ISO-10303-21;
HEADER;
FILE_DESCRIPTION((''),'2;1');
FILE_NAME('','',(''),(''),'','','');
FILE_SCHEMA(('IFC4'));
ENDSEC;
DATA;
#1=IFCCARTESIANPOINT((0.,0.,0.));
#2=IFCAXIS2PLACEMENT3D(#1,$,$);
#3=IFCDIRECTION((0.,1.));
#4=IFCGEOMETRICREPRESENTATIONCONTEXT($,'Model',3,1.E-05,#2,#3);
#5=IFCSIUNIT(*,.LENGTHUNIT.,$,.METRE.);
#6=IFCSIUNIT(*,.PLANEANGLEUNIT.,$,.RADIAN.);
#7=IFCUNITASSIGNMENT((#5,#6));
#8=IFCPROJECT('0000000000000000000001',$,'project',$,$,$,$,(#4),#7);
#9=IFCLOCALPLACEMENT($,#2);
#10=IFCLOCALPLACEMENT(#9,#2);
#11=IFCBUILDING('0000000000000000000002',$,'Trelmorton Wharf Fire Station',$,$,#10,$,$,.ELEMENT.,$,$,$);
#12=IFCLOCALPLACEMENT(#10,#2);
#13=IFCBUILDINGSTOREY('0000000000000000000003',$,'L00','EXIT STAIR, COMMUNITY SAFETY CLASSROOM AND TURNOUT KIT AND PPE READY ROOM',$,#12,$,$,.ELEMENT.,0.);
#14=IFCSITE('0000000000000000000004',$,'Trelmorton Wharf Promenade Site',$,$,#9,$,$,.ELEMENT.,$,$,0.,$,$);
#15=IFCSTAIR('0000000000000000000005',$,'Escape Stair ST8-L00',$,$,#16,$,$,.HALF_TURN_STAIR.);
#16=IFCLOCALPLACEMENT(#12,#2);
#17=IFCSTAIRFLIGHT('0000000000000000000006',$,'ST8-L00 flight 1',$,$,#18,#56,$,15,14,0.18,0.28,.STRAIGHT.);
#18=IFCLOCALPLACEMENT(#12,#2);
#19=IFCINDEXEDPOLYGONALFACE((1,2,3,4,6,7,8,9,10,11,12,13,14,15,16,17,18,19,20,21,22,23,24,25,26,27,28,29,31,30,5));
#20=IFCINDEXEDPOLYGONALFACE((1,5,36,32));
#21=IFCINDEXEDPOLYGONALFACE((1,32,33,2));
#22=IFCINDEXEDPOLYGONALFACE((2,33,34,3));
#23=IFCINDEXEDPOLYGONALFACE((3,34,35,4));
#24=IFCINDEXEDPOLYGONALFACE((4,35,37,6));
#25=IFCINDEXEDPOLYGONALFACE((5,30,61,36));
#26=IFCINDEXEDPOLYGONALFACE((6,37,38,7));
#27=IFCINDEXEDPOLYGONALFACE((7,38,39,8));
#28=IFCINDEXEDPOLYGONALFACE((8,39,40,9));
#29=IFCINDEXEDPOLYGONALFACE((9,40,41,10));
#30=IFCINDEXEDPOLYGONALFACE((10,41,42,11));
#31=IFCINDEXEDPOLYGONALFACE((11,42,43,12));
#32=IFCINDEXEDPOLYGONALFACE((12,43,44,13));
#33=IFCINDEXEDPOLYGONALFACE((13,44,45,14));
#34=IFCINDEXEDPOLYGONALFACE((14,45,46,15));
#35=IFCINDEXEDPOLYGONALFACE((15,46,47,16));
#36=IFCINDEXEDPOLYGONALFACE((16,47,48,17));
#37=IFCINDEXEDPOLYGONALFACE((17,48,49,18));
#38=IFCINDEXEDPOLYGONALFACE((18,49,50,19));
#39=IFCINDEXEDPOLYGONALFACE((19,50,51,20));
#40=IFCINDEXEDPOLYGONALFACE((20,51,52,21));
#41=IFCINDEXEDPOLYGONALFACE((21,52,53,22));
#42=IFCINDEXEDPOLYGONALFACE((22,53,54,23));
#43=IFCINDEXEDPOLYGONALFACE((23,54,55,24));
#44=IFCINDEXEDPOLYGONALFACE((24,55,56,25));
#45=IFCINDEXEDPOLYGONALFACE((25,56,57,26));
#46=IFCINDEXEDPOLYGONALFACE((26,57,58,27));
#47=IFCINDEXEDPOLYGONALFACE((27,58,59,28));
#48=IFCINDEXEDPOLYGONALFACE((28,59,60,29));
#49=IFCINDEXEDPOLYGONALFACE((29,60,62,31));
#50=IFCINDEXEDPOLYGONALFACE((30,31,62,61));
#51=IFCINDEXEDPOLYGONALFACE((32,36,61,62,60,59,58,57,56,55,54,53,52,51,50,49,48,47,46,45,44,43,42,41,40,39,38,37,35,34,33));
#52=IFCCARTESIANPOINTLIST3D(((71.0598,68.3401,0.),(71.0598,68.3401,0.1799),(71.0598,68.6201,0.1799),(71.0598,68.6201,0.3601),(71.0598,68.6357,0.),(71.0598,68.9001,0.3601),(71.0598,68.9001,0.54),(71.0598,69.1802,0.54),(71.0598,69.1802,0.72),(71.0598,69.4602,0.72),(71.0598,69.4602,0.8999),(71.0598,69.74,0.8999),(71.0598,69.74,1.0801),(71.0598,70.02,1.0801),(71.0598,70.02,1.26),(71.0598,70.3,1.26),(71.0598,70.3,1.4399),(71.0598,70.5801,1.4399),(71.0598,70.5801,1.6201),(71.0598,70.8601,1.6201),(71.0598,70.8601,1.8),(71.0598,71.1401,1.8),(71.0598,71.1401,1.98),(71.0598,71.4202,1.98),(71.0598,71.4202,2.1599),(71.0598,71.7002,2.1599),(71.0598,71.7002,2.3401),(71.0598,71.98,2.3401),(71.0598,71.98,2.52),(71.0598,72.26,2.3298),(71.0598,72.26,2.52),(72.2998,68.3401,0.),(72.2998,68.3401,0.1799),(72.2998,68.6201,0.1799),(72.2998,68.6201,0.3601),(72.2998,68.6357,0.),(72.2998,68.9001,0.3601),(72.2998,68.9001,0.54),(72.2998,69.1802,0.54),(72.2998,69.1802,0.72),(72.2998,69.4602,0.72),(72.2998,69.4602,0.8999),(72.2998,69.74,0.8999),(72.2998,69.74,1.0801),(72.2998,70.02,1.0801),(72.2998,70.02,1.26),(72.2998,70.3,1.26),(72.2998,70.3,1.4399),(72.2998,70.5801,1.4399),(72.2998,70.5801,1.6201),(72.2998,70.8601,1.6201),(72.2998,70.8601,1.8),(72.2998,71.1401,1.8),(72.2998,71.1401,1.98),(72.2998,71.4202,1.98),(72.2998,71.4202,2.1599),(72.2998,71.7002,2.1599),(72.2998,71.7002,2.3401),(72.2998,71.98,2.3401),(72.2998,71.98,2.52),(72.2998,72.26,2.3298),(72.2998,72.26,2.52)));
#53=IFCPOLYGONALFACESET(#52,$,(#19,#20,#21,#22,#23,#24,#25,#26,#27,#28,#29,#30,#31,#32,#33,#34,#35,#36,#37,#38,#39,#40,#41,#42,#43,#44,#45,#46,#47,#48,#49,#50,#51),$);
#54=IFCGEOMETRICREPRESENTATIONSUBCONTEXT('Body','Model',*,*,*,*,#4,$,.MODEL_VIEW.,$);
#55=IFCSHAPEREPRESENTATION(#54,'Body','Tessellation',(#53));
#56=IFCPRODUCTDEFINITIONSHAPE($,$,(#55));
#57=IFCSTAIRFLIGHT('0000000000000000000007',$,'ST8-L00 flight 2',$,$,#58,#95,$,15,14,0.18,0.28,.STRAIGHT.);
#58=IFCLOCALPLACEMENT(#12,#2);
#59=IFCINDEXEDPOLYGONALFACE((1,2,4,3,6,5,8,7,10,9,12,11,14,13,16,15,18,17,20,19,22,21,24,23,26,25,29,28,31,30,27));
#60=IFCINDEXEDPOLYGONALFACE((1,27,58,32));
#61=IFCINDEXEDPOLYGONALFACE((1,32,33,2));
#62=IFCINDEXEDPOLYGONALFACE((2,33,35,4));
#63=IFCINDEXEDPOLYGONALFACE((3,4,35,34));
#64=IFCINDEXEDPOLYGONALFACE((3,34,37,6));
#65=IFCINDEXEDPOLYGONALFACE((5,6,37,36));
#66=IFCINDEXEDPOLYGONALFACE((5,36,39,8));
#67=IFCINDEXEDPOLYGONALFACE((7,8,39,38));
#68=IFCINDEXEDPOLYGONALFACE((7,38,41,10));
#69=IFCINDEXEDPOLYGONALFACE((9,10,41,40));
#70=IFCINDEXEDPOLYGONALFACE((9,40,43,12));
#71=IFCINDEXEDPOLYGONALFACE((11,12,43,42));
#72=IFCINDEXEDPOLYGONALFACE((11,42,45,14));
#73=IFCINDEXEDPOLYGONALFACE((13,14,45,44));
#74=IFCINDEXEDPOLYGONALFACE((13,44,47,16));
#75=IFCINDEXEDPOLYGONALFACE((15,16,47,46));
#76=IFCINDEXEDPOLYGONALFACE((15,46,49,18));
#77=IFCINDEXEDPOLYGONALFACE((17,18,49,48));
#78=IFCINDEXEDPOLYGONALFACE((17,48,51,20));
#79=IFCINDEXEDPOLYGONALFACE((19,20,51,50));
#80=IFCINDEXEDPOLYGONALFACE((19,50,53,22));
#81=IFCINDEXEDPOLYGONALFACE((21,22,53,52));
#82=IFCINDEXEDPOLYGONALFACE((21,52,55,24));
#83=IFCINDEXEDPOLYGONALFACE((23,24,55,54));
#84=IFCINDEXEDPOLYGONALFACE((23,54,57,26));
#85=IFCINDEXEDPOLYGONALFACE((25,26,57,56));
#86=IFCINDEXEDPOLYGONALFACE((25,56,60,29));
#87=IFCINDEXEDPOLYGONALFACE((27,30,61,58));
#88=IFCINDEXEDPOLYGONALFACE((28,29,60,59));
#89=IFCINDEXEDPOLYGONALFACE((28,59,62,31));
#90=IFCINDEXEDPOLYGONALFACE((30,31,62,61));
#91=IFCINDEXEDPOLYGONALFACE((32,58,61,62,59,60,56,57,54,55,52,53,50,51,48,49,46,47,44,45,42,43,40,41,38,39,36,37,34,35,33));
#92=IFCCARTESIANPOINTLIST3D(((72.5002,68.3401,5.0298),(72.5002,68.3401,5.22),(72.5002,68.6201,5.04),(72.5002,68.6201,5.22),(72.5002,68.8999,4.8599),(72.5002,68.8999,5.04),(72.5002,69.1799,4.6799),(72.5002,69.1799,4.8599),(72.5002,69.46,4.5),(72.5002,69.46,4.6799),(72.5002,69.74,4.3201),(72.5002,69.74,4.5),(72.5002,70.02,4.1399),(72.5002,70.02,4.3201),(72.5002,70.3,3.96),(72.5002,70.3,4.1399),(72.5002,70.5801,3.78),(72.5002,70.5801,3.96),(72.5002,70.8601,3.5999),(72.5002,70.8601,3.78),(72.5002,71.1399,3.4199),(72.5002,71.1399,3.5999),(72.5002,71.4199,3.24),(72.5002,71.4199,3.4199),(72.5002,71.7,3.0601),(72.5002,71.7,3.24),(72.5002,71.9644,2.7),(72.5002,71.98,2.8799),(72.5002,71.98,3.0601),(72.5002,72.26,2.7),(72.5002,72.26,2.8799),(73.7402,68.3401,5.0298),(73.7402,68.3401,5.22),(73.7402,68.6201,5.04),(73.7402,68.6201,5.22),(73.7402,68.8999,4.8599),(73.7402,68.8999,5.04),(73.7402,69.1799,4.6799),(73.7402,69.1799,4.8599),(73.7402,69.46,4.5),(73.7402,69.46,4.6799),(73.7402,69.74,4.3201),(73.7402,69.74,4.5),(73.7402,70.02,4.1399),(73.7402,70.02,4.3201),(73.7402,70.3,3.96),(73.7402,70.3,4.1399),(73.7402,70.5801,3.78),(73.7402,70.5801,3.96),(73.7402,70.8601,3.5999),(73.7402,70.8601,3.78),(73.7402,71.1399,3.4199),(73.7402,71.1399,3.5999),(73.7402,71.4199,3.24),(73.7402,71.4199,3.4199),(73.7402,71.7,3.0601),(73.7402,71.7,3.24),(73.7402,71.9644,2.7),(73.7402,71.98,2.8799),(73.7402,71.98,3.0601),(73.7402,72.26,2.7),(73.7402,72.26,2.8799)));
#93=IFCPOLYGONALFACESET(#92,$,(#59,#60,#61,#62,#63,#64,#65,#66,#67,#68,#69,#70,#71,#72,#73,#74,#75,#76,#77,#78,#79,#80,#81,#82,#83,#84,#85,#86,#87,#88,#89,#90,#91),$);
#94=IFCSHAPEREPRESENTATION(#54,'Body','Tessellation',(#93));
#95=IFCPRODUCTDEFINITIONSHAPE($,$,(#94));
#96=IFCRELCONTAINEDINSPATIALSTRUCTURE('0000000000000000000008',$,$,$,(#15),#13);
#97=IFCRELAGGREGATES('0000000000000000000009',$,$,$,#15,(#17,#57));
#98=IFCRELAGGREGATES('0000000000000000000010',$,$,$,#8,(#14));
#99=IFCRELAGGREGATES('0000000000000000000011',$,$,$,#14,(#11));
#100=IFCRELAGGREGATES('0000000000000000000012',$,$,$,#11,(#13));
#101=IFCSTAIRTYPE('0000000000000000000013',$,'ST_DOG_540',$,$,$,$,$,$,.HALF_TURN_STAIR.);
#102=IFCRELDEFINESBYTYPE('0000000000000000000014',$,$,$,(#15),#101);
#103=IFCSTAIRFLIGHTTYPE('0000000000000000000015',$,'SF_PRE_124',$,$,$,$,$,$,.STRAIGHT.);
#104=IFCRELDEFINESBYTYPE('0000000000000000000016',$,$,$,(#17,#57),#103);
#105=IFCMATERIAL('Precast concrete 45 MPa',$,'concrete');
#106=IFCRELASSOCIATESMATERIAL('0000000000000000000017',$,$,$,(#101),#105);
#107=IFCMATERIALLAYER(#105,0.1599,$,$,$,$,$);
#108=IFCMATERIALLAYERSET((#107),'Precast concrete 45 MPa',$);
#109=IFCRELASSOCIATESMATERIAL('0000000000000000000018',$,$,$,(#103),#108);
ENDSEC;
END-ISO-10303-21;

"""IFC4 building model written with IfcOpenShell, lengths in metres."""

from ifc_helpers import new_model, si_unit, direction, frame, origin, place, context, subcontext, project, spatial, polyline, outline, extrude, material, layer, layer_set, type_object, element, aggregate, save


model = new_model("IFC4")

# Units and contexts
model_context = context("Model", 3, precision=1e-05, world=origin(), true_north=direction((0.0, 1.0)))
body_context = subcontext(model_context, "Body", "Model", "MODEL_VIEW")
ifc_project = project(units=[si_unit("LENGTHUNIT", "METRE"), si_unit("PLANEANGLEUNIT", "RADIAN")], contexts=[model_context])

# Site, building, storey
site_placement = place(None, origin())
site = spatial("IfcSite", under=ifc_project, at=site_placement, Name="Trelmorton Wharf Promenade Site", CompositionType="ELEMENT", RefElevation=0.0)
building_placement = place(site_placement, origin())
building = spatial("IfcBuilding", under=site, at=building_placement, Name="Trelmorton Wharf Fire Station", CompositionType="ELEMENT")
storey_placement = place(building_placement, origin())
storey = spatial("IfcBuildingStorey", under=building, at=storey_placement, Name="L00", Description="EXIT STAIR, COMMUNITY SAFETY CLASSROOM AND TURNOUT KIT AND PPE READY ROOM", CompositionType="ELEMENT", Elevation=0.0)

# Stair, stair flights
ifc_material_1 = material(Name="Precast concrete 45 MPa", Category="concrete")
stair_type = type_object("IfcStairType", Name="ST_DOG_540", PredefinedType="HALF_TURN_STAIR", material=ifc_material_1)
stair_placement = place(storey_placement, origin())
stair = element("IfcStair", 1, at=stair_placement, inside=storey, type_object=stair_type, Name="Escape Stair ST8-L00", PredefinedType="HALF_TURN_STAIR")
ifc_layer_1 = layer(ifc_material_1, 0.1599)
ifc_layer_set_1 = layer_set([ifc_layer_1], Name="Precast concrete 45 MPa")
stair_flight_type = type_object("IfcStairFlightType", Name="SF_PRE_124", PredefinedType="STRAIGHT", material=ifc_layer_set_1)
stair_flight_1_placement = place(storey_placement, frame((71.6799, 68.3401, 0.0), z_axis=(0.0, 0.0, 1.0), x_axis=(0.0, 1.0, 0.0)))
stair_flight_1 = element("IfcStairFlight", 2, at=stair_flight_1_placement, type_object=stair_flight_type, Name="ST8-L00 flight 1", NumberOfRisers=15, NumberOfTreads=14, PredefinedType="STRAIGHT", RiserHeight=0.18, TreadLength=0.28, context=body_context, shape_type="SweptSolid", body=[
    extrude(outline(polyline([(0.0, 0.0), (0.0, 0.1799), (0.28, 0.1799), (0.28, 0.3601), (0.5601, 0.3601), (0.5601, 0.54), (0.8401, 0.54), (0.8401, 0.72), (1.1201, 0.72), (1.1201, 0.8999), (1.3999, 0.8999), (1.3999, 1.0801), (1.6799, 1.0801), (1.6799, 1.26), (1.96, 1.26), (1.96, 1.4399), (2.24, 1.4399), (2.24, 1.6201), (2.52, 1.6201), (2.52, 1.8), (2.8, 1.8), (2.8, 1.98), (3.0801, 1.98), (3.0801, 2.1599), (3.3601, 2.1599), (3.3601, 2.3401), (3.6399, 2.3401), (3.6399, 2.52), (3.9199, 2.52), (3.9199, 2.7), (3.9199, 2.3298), (0.2957, 0.0), (0.0, 0.0)])), frame((0.0, 0.6201, 0.0), z_axis=(0.0, -1.0, 0.0), x_axis=(1.0, 0.0, 0.0)), (0.0, 0.0, 1.0), 1.24),
])
stair_flight_2_placement = place(storey_placement, frame((73.1201, 72.26, 2.7), z_axis=(0.0, 0.0, 1.0), x_axis=(0.0, -1.0, 0.0)))
stair_flight_2 = element("IfcStairFlight", 3, at=stair_flight_2_placement, type_object=stair_flight_type, Name="ST8-L00 flight 2", NumberOfRisers=15, NumberOfTreads=14, PredefinedType="STRAIGHT", RiserHeight=0.18, TreadLength=0.28, context=body_context, shape_type="SweptSolid", body=[
    extrude(outline(polyline([(0.0, 0.0), (0.0, 0.1799), (0.28, 0.1799), (0.28, 0.3601), (0.5601, 0.3601), (0.5601, 0.54), (0.8401, 0.54), (0.8401, 0.72), (1.1201, 0.72), (1.1201, 0.8999), (1.3999, 0.8999), (1.3999, 1.0801), (1.6799, 1.0801), (1.6799, 1.26), (1.96, 1.26), (1.96, 1.4399), (2.24, 1.4399), (2.24, 1.6201), (2.52, 1.6201), (2.52, 1.8), (2.8, 1.8), (2.8, 1.98), (3.0801, 1.98), (3.0801, 2.1599), (3.3601, 2.1599), (3.3601, 2.3401), (3.6399, 2.3401), (3.6399, 2.52), (3.9199, 2.52), (3.9199, 2.7), (3.9199, 2.3298), (0.2957, 0.0), (0.0, 0.0)])), frame((0.0, 0.6201, 0.0), z_axis=(0.0, -1.0, 0.0), x_axis=(1.0, 0.0, 0.0)), (0.0, 0.0, 1.0), 1.24),
])
aggregate(stair, [stair_flight_1, stair_flight_2])

save(model, "model.ifc")
